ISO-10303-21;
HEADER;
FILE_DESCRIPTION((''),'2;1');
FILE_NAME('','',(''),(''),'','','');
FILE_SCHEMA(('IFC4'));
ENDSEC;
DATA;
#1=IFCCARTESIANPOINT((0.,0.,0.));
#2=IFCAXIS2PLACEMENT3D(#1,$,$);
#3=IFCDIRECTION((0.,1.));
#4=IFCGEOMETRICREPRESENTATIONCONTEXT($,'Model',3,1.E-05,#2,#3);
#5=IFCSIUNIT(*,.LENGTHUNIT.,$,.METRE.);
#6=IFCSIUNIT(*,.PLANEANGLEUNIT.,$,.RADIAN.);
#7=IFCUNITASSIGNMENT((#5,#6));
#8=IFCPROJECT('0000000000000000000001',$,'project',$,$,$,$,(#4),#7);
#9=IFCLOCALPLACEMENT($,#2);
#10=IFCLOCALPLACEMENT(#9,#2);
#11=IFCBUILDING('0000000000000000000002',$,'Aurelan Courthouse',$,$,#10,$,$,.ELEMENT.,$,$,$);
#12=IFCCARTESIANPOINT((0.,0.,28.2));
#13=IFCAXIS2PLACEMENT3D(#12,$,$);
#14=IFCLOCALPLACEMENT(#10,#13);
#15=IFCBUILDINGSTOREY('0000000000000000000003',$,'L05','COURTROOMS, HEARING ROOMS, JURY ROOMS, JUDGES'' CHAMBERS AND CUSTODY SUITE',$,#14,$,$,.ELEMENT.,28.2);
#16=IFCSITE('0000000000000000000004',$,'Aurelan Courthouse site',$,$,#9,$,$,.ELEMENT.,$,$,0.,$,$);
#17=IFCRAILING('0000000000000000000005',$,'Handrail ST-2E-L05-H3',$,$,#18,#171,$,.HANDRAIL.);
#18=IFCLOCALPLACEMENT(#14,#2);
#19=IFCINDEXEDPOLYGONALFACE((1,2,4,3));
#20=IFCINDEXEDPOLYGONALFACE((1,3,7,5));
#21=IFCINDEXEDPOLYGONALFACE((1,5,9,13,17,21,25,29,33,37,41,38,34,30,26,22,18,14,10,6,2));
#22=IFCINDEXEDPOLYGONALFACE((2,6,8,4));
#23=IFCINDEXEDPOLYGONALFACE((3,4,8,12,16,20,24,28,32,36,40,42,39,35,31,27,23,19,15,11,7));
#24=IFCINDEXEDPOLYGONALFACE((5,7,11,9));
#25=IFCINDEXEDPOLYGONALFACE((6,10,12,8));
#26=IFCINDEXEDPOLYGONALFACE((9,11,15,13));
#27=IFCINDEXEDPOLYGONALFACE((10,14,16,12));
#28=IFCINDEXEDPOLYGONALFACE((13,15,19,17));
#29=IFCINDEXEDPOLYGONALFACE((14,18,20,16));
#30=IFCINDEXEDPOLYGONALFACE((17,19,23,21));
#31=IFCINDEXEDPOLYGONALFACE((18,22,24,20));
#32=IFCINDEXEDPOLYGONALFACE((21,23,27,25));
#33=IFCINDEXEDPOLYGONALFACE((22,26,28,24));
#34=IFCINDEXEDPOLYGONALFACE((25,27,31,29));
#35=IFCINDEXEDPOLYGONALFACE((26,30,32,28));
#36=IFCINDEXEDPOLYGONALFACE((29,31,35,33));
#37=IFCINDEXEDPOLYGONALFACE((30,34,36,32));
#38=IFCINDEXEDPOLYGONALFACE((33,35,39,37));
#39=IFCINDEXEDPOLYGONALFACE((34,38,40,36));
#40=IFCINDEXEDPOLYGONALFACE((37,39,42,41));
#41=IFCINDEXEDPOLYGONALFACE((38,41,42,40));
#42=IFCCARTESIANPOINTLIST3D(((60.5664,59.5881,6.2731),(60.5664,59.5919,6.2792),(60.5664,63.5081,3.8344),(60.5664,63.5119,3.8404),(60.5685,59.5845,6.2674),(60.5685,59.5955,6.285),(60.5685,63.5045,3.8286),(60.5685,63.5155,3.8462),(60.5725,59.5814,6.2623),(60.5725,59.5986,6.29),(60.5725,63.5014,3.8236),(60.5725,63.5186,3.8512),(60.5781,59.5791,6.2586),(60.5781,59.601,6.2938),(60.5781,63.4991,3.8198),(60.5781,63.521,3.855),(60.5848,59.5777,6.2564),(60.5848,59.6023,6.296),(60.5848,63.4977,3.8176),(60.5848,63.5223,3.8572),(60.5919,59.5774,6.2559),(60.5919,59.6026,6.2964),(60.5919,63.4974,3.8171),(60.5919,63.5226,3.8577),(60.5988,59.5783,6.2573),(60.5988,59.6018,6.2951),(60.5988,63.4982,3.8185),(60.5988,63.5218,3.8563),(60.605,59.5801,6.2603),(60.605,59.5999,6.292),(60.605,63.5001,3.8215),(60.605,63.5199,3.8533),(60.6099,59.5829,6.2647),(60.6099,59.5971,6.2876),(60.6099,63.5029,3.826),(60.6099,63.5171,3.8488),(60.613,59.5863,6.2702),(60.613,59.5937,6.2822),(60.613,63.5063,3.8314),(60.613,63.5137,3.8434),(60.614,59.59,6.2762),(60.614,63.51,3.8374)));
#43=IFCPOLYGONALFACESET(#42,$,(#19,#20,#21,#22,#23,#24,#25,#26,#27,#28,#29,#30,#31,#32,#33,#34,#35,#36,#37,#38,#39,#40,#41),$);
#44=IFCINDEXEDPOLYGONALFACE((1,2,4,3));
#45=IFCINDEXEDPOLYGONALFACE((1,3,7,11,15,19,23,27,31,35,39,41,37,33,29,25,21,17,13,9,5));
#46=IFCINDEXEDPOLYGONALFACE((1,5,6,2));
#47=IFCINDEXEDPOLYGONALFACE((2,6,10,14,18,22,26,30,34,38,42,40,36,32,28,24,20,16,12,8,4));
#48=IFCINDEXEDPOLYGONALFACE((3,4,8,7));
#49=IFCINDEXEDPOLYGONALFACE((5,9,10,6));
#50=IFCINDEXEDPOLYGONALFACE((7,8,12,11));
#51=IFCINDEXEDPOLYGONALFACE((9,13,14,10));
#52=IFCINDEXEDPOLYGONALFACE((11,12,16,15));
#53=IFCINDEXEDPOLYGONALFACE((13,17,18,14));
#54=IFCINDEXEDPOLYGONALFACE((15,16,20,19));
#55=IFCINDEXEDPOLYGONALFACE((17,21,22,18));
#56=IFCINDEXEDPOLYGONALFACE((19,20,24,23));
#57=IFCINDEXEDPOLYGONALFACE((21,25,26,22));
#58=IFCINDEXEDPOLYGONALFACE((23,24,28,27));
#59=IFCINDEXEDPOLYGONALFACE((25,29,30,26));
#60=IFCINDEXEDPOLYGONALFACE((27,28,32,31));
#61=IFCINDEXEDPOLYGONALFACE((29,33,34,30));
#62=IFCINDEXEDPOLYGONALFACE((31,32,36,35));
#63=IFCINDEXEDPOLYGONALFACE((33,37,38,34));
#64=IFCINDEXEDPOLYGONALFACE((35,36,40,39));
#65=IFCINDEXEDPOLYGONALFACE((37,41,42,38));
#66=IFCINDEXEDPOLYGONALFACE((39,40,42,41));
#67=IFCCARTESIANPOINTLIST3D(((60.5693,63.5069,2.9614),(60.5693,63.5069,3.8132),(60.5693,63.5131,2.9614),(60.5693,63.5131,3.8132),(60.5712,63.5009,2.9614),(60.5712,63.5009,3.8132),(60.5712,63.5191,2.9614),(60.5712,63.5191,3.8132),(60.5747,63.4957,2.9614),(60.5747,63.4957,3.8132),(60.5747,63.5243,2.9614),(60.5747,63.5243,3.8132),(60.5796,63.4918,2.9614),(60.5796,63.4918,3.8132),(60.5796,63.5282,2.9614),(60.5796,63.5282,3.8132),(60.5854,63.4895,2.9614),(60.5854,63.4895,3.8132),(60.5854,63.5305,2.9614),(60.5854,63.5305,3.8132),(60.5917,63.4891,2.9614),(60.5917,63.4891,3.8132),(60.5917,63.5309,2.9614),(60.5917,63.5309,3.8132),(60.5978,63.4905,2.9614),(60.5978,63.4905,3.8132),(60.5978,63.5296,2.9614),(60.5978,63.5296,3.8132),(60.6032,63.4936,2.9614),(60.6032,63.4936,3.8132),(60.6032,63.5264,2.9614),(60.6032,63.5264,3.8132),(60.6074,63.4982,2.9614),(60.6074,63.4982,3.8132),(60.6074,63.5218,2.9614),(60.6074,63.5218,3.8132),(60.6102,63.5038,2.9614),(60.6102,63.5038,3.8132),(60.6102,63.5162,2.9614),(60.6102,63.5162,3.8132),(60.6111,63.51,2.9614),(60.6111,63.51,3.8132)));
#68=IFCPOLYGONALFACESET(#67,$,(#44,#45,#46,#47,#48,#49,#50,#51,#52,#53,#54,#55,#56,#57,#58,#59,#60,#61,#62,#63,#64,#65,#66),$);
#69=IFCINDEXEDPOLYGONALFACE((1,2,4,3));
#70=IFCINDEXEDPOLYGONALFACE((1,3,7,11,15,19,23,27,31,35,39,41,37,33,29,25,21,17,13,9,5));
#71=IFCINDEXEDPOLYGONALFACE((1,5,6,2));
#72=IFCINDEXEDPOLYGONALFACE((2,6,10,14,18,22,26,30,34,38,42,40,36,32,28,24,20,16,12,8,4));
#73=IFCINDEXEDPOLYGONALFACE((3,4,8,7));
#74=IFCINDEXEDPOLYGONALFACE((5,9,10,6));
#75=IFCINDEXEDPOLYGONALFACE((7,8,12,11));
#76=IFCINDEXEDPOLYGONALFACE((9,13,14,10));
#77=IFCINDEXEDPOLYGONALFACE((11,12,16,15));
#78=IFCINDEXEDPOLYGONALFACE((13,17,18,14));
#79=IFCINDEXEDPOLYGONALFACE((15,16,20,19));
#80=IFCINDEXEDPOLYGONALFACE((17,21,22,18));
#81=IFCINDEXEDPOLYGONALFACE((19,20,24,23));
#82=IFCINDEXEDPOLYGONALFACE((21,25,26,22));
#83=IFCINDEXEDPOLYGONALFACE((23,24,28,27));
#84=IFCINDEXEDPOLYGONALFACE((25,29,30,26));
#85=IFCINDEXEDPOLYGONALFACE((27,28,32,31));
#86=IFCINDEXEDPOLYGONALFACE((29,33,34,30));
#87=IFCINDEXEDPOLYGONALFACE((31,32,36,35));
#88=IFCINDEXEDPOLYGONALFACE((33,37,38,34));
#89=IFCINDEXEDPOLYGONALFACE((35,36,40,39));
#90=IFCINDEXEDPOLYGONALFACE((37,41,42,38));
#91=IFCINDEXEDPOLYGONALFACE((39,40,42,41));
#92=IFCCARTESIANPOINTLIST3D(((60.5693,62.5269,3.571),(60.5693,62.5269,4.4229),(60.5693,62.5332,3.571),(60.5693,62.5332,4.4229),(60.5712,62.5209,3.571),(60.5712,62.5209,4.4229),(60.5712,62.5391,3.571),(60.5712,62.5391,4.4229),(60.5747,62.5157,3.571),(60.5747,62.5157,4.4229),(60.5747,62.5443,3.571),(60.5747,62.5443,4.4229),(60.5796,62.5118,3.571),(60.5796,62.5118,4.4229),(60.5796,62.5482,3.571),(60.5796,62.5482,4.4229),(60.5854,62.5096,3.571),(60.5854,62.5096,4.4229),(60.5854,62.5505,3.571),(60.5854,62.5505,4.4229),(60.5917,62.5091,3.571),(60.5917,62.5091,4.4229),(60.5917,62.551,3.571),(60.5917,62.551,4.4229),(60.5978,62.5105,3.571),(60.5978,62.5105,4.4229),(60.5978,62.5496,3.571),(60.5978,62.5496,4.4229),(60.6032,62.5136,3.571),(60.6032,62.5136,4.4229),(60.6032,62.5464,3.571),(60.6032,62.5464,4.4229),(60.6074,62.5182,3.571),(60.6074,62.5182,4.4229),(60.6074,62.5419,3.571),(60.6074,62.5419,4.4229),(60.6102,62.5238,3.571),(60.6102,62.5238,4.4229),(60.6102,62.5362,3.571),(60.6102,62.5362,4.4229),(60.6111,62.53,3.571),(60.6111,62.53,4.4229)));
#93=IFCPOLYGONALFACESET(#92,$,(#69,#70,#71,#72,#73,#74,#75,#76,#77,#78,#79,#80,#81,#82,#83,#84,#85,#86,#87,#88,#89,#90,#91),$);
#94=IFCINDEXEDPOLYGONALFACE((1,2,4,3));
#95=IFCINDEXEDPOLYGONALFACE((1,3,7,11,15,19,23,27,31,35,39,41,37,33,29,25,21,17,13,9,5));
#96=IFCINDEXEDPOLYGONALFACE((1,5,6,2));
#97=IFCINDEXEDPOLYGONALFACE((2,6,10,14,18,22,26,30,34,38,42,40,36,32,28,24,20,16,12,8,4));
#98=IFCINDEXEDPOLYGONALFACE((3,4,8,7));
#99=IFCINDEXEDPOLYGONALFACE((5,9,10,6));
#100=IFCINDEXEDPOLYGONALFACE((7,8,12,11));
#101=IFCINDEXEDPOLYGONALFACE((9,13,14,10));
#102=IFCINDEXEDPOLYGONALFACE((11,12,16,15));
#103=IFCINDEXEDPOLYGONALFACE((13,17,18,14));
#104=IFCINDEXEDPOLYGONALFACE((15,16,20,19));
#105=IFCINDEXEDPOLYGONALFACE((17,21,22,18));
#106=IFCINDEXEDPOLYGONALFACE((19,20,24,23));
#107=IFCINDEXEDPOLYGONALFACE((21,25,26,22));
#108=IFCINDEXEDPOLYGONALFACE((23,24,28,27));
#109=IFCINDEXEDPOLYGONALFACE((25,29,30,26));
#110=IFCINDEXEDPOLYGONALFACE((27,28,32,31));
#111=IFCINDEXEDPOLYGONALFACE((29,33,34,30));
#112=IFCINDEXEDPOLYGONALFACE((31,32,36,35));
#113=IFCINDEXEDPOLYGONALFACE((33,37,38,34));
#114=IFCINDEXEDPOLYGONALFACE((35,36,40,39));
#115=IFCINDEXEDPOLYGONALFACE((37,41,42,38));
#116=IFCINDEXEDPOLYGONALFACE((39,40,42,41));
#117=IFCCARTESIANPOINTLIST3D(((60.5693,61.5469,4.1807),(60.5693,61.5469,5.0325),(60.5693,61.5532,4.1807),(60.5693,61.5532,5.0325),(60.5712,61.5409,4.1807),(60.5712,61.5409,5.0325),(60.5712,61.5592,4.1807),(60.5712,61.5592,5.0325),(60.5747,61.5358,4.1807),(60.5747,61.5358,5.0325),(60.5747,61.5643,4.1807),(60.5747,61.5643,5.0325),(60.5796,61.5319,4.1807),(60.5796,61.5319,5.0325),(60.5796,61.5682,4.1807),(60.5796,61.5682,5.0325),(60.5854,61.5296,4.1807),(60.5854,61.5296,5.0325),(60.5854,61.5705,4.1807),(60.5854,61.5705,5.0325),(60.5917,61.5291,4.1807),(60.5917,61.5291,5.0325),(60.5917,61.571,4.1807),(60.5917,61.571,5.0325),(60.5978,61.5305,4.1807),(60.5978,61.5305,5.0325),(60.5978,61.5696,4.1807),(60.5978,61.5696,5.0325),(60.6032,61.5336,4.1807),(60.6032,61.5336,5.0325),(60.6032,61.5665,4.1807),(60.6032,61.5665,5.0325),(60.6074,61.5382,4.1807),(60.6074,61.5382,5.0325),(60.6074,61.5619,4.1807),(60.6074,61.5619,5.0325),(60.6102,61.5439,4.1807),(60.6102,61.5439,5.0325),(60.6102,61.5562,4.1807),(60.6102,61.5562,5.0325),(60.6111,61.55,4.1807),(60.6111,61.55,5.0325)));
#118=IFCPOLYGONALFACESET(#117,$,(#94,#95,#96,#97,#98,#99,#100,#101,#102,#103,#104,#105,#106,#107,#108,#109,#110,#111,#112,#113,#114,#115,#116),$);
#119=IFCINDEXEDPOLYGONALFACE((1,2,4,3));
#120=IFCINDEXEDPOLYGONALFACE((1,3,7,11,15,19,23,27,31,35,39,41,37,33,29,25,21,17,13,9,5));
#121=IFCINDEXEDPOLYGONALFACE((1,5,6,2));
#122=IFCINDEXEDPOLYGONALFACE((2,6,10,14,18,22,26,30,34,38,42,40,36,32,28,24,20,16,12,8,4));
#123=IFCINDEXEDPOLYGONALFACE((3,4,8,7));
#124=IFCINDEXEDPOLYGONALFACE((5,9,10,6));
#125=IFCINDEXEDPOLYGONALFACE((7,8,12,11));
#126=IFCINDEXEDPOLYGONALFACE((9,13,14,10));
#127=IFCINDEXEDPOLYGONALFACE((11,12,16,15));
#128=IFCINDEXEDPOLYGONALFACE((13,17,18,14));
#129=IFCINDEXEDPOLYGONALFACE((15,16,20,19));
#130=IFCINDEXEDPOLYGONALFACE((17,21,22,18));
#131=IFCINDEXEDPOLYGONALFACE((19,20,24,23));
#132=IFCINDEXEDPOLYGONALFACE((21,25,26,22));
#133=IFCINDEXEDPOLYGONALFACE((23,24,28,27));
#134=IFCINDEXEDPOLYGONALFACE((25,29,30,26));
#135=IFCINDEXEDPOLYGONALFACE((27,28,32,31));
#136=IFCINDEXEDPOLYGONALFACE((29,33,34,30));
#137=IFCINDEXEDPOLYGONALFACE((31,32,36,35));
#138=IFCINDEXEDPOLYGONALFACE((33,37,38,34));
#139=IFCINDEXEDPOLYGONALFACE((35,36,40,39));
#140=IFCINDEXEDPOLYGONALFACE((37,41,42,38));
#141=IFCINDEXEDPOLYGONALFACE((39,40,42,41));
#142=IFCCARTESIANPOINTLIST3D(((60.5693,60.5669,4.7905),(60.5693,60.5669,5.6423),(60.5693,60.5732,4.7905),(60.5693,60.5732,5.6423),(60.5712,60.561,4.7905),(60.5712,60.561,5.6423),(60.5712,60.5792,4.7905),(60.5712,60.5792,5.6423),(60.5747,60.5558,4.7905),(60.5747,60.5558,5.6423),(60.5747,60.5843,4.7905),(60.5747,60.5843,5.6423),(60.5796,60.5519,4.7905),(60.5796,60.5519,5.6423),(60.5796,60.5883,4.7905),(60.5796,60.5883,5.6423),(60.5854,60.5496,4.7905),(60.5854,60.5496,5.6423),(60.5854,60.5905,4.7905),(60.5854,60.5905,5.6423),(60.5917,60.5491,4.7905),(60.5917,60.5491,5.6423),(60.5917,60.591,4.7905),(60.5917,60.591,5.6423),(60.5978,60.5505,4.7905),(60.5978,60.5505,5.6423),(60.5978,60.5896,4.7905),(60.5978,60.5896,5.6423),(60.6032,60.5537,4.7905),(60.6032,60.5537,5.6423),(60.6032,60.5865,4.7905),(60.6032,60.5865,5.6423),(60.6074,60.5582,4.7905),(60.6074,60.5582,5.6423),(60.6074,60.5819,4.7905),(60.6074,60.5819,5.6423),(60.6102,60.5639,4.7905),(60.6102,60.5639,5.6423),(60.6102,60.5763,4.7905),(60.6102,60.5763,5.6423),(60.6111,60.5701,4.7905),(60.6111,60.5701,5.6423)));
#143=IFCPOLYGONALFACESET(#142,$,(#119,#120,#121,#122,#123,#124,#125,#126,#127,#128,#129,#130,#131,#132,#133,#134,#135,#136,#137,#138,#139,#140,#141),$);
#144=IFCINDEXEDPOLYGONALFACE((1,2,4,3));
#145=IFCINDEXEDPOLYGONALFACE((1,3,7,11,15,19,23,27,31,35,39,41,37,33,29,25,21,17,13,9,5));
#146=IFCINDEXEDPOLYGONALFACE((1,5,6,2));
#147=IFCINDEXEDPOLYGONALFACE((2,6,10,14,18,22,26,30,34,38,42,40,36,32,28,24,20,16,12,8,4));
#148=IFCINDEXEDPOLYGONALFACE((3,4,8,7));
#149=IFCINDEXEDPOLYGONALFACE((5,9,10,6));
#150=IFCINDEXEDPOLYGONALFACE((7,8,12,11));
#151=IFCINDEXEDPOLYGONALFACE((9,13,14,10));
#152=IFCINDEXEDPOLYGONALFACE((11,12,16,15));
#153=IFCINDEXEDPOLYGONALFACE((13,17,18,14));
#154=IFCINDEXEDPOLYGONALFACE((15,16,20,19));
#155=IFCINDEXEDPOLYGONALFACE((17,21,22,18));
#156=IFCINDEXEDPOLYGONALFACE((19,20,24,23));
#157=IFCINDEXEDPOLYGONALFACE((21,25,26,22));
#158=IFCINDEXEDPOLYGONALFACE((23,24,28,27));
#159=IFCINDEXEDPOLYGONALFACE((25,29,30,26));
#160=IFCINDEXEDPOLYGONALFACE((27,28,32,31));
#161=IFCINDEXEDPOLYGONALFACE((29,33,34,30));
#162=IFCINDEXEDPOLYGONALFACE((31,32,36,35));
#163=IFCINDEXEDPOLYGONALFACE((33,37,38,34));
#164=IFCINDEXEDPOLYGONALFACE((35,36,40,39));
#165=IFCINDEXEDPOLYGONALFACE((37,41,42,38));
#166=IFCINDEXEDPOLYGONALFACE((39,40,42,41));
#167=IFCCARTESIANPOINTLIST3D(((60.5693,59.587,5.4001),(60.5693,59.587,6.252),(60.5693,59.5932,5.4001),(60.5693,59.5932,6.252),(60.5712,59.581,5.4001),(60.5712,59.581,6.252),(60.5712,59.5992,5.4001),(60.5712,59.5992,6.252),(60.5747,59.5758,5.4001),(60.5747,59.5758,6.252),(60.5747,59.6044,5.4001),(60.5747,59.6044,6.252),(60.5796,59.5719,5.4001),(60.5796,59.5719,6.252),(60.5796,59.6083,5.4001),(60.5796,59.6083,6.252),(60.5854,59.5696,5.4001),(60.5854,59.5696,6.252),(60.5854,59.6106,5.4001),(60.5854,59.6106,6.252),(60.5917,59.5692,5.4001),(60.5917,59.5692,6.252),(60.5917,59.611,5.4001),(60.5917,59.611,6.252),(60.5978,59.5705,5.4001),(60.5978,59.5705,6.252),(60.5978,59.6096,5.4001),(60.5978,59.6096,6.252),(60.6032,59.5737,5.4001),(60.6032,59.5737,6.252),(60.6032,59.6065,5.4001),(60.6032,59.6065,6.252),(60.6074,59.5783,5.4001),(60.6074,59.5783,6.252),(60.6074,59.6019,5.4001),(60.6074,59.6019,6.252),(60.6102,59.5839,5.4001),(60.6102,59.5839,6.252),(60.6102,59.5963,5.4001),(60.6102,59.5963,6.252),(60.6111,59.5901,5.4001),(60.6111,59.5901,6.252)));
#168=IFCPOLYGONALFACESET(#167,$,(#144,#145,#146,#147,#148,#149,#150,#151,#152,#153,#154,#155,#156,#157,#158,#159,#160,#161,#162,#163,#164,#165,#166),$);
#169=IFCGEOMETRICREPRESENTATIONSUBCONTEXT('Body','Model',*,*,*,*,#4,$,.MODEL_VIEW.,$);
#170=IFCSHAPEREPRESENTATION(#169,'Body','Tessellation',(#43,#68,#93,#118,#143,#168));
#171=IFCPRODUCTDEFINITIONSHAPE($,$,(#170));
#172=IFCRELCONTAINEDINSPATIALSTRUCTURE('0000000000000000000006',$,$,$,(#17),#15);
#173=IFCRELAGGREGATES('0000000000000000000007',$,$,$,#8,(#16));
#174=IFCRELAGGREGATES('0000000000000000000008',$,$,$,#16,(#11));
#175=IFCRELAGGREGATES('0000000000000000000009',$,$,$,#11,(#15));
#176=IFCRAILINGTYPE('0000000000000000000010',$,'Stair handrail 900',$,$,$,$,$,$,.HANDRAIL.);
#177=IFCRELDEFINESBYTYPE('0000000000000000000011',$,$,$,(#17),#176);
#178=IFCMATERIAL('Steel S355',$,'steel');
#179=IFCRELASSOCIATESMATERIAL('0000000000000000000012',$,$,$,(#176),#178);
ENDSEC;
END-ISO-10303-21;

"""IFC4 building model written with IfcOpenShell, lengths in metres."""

from ifc_helpers import new_model, si_unit, direction, frame, origin, origin_2d, place, context, subcontext, project, spatial, circle, extrude, material, type_object, element, save


model = new_model("IFC4")

# Units and contexts
model_context = context("Model", 3, precision=1e-05, world=origin(), true_north=direction((0.0, 1.0)))
body_context = subcontext(model_context, "Body", "Model", "MODEL_VIEW")
ifc_project = project(units=[si_unit("LENGTHUNIT", "METRE"), si_unit("PLANEANGLEUNIT", "RADIAN")], contexts=[model_context])

# Site, building, storey
site_placement = place(None, origin())
site = spatial("IfcSite", under=ifc_project, at=site_placement, Name="Aurelan Courthouse site", CompositionType="ELEMENT", RefElevation=0.0)
building_placement = place(site_placement, origin())
building = spatial("IfcBuilding", under=site, at=building_placement, Name="Aurelan Courthouse", CompositionType="ELEMENT")
storey_placement = place(building_placement, frame((0.0, 0.0, 28.2)))
storey = spatial("IfcBuildingStorey", under=building, at=storey_placement, Name="L05", Description="COURTROOMS, HEARING ROOMS, JURY ROOMS, JUDGES' CHAMBERS AND CUSTODY SUITE", CompositionType="ELEMENT", Elevation=28.2)

# Shared definitions
ifc_material_1 = material(Name="Steel S355", Category="steel")

# Railing
railing_type_1 = type_object("IfcRailingType", Name="Stair handrail 900", PredefinedType="HANDRAIL", material=ifc_material_1)
for number, where, name in (
    (1, (60.5901, 63.51, 2.9614), "Handrail ST-2E-L05-H3"),
):
    element("IfcRailing", number, at=place(storey_placement, frame(where)), inside=storey, type_object=railing_type_1, Name=name, PredefinedType="HANDRAIL", context=body_context, shape_type="SweptSolid", body=[
        extrude(circle(Radius=0.0239, at=origin_2d()), frame((0.0, 0.0, 0.876), z_axis=(0.0, -0.84909, 0.528249), x_axis=(1.0, 0.0, 0.0)), (0.0, 0.0, 1.0), 4.6167),
        extrude(circle(Radius=0.021, at=origin_2d()), origin(), (0.0, 0.0, 1.0), 0.8518),
        extrude(circle(Radius=0.021, at=origin_2d()), frame((0.0, -0.98, 0.6096)), (0.0, 0.0, 1.0), 0.8518),
        extrude(circle(Radius=0.021, at=origin_2d()), frame((0.0, -1.96, 1.2192)), (0.0, 0.0, 1.0), 0.8518),
        extrude(circle(Radius=0.021, at=origin_2d()), frame((0.0, -2.9399, 1.8291)), (0.0, 0.0, 1.0), 0.8518),
        extrude(circle(Radius=0.021, at=origin_2d()), frame((0.0, -3.9199, 2.4387)), (0.0, 0.0, 1.0), 0.8518),
    ])

save(model, "model.ifc")
